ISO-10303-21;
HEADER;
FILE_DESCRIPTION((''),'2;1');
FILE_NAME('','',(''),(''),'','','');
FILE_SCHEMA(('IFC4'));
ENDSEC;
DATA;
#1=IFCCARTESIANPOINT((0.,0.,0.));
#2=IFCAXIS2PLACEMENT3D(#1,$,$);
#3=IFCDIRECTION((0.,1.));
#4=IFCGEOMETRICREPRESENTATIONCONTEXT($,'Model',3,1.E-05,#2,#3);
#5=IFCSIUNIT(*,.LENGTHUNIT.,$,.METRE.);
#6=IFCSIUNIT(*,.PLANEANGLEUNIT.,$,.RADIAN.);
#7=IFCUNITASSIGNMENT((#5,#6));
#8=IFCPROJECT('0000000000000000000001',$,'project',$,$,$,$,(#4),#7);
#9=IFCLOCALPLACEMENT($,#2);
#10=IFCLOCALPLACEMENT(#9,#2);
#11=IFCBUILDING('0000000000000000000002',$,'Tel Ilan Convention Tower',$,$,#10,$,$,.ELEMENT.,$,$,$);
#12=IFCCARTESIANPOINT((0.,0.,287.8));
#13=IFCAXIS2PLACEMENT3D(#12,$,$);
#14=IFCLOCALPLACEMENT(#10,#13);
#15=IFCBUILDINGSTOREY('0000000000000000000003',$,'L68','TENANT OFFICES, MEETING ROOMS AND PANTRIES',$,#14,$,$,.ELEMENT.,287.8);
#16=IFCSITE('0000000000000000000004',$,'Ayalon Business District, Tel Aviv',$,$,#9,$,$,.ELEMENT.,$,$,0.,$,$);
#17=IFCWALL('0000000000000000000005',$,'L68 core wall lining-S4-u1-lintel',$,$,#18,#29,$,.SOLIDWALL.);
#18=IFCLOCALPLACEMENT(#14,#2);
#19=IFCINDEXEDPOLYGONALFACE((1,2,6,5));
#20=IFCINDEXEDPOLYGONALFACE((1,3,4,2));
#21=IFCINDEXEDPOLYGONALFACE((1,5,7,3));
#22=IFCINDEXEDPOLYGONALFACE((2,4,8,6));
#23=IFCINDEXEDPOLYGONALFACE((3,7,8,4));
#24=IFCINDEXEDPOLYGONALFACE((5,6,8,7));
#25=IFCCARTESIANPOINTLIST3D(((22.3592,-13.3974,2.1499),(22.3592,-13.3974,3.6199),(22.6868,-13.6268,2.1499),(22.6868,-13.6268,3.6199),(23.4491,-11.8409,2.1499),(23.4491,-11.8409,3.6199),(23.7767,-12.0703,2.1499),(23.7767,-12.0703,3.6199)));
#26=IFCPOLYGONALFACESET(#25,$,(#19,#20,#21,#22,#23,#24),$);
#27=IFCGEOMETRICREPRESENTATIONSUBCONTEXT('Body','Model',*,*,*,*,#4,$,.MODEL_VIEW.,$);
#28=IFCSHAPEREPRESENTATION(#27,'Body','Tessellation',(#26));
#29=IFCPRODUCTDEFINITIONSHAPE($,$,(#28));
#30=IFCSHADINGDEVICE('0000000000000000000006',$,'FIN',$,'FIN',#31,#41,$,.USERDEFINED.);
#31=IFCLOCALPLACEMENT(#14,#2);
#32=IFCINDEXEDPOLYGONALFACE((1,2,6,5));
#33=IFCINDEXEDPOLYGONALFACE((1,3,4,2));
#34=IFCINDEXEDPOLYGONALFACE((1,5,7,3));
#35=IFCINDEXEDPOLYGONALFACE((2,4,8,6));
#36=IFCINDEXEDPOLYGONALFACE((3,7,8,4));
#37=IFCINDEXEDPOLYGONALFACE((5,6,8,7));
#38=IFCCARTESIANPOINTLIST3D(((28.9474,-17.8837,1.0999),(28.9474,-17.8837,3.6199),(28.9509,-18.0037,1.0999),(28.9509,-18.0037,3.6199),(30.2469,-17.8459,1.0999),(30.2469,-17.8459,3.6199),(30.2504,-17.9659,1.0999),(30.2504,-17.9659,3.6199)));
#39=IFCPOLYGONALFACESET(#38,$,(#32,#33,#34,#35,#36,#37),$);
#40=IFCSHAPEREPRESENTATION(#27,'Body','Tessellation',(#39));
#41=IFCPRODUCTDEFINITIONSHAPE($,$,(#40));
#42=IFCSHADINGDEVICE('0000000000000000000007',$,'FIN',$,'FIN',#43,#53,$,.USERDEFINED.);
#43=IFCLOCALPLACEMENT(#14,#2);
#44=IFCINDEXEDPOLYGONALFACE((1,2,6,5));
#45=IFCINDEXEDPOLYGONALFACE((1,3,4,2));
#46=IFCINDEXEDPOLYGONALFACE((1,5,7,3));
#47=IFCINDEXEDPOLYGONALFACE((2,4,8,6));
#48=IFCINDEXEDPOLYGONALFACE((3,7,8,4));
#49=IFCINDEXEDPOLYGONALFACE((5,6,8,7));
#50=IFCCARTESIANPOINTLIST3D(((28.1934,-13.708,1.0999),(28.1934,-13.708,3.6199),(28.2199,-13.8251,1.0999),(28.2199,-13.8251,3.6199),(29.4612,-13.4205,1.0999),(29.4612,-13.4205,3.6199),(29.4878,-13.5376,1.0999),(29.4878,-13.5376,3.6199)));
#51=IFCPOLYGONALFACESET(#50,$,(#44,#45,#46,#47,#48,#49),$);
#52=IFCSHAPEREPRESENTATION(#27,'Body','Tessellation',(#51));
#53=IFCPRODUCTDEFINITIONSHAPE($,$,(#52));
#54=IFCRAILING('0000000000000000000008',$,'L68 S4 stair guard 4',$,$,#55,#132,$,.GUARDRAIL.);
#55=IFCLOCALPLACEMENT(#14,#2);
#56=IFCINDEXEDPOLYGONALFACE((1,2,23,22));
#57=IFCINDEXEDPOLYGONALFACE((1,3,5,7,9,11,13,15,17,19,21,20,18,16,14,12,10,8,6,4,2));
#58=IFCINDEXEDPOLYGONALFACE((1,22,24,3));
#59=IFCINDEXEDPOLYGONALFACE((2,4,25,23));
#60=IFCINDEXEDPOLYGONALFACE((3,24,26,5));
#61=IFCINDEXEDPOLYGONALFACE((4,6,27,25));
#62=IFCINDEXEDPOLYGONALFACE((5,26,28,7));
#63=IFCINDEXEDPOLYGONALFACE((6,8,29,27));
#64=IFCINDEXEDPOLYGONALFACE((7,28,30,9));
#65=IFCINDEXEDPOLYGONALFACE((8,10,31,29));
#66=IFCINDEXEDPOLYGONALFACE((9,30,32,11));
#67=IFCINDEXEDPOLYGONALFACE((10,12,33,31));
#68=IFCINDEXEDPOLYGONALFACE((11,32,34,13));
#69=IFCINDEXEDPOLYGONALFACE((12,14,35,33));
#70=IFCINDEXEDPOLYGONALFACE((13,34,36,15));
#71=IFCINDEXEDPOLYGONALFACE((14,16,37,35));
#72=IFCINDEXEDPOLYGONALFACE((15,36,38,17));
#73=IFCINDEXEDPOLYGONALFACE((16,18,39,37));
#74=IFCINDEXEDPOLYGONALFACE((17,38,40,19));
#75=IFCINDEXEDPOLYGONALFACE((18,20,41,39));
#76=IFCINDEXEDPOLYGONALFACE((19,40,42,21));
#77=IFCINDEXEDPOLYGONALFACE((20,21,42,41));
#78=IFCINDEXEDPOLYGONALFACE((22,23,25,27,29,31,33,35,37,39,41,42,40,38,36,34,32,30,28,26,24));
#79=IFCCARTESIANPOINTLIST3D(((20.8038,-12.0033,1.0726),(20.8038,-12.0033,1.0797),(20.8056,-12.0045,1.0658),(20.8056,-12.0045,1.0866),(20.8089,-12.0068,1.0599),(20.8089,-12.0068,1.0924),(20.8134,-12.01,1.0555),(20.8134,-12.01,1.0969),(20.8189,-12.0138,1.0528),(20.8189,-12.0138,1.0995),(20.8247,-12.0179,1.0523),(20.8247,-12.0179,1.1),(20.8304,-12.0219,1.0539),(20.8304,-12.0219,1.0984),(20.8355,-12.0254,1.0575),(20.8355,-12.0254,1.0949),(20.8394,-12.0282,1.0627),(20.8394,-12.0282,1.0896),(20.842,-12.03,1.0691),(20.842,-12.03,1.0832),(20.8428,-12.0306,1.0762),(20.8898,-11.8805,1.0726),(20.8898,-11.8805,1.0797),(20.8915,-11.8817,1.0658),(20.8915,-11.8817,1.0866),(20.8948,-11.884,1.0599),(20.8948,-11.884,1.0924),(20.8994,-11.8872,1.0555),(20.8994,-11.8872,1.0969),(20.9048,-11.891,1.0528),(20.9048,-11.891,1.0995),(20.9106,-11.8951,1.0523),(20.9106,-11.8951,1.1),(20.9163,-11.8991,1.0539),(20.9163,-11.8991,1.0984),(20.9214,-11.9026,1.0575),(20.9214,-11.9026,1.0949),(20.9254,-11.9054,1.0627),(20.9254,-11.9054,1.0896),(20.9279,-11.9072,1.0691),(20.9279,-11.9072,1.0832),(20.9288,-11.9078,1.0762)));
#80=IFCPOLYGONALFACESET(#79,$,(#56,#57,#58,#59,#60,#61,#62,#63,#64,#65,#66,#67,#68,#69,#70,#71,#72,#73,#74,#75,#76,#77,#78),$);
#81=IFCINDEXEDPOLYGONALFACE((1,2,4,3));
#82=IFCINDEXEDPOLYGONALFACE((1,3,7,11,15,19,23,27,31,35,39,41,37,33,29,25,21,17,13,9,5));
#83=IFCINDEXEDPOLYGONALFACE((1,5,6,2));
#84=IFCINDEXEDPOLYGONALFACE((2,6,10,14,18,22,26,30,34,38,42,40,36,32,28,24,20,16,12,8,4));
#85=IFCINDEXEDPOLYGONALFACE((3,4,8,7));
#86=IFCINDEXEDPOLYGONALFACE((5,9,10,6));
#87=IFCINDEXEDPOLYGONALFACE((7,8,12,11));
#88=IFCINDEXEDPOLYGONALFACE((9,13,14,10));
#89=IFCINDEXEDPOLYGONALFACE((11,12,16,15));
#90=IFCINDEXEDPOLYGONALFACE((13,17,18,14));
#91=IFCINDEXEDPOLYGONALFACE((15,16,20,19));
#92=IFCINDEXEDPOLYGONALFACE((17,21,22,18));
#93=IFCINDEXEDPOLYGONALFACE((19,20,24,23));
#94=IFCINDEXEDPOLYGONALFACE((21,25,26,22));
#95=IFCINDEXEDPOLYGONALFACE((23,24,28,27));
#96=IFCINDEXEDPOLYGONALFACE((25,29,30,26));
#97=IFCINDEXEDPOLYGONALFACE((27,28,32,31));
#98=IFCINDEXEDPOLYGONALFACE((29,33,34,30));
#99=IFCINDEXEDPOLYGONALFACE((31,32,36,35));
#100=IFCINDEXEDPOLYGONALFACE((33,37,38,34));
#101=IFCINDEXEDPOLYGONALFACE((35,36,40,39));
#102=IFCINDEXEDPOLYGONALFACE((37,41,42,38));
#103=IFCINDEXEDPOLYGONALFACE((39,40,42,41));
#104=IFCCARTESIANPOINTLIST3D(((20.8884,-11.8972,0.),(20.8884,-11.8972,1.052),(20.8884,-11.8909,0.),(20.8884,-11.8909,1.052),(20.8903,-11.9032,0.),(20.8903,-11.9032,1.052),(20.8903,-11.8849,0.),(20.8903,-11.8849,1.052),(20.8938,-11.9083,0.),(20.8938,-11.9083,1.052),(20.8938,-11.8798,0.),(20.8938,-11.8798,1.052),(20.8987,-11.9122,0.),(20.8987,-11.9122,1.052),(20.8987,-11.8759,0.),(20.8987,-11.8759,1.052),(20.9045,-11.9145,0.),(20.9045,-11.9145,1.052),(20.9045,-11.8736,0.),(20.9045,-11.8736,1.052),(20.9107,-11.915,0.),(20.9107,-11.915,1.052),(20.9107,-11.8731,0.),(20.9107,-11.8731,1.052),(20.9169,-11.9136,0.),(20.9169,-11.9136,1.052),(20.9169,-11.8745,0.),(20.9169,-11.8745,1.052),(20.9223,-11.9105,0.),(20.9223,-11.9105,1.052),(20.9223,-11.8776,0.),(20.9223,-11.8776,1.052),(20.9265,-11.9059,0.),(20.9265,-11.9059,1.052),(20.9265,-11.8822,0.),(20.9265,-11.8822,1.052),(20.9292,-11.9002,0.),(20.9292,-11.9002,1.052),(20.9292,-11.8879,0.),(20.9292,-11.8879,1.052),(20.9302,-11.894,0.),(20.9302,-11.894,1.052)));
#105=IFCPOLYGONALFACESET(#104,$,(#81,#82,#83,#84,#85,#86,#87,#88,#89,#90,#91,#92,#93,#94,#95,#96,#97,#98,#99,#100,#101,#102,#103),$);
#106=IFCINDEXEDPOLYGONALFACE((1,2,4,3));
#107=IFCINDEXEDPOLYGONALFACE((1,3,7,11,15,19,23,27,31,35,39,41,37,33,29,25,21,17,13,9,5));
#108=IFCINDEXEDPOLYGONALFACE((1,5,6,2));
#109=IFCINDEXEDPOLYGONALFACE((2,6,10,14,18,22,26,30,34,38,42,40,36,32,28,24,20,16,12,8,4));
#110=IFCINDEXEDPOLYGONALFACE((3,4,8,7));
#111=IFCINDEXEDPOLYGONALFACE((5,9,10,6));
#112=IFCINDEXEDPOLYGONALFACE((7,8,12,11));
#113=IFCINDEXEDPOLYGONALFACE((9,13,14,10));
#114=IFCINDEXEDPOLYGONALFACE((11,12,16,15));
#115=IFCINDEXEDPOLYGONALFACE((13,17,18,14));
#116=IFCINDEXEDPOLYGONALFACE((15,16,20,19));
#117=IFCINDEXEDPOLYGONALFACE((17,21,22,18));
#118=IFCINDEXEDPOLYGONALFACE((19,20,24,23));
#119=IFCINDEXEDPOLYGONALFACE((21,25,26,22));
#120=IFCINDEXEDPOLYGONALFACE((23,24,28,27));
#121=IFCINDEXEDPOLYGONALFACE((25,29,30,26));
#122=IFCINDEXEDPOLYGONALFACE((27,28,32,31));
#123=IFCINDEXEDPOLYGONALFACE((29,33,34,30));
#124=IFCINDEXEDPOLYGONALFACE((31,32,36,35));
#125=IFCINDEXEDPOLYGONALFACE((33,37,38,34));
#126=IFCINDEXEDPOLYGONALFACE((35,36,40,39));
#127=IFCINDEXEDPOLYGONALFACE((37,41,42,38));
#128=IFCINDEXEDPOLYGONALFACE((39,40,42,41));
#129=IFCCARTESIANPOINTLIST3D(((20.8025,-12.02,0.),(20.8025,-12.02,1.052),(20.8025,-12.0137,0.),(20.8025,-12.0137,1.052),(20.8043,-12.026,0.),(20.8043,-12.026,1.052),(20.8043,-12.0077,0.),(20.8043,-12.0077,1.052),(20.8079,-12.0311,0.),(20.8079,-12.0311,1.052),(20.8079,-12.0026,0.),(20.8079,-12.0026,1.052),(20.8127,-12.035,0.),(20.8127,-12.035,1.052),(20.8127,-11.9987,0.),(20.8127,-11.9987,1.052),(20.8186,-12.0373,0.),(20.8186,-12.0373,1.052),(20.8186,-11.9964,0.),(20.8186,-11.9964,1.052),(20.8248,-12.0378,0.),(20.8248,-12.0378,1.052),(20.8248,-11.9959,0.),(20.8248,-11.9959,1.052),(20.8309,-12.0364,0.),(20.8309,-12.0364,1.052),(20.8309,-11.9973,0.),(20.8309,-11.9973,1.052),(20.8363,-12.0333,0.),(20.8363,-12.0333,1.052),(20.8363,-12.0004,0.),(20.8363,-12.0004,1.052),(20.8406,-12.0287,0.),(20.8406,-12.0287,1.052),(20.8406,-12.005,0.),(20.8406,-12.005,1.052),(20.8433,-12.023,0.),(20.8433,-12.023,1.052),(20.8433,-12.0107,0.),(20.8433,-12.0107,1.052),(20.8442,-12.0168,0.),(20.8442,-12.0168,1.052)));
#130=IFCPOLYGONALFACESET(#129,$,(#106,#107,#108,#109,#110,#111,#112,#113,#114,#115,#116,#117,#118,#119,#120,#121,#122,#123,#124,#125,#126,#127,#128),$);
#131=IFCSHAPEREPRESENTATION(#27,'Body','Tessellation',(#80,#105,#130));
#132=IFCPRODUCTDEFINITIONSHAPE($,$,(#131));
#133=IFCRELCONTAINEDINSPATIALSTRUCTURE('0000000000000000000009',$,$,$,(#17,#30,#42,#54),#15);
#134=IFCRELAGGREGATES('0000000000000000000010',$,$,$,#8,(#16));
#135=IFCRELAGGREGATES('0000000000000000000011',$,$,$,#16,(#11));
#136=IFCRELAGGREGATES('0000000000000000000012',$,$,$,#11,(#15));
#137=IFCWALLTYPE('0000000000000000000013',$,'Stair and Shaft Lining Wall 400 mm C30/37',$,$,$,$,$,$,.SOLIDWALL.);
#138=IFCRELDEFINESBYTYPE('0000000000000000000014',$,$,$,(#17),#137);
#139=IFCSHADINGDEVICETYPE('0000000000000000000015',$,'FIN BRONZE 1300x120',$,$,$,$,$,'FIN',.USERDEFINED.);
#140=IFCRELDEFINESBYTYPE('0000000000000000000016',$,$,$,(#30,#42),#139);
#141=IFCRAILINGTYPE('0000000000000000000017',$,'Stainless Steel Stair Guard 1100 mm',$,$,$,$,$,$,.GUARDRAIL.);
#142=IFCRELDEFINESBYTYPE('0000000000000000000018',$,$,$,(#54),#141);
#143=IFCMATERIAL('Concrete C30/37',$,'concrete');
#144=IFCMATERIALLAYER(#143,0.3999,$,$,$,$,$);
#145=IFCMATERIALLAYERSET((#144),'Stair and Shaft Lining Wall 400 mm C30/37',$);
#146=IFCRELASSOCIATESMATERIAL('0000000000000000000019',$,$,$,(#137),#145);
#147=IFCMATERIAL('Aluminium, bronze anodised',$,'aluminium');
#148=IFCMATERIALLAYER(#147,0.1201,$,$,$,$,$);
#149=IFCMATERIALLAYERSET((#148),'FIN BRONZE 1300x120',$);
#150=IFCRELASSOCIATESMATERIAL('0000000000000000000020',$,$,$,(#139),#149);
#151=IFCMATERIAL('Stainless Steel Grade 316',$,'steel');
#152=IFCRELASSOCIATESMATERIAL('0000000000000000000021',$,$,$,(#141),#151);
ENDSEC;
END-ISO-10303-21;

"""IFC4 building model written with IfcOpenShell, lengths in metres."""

from ifc_helpers import new_model, si_unit, direction, frame, frame_2d, origin, origin_2d, place, context, subcontext, project, spatial, rectangle, circle, extrude, material, layer, layer_set, type_object, element, save


model = new_model("IFC4")

# Units and contexts
model_context = context("Model", 3, precision=1e-05, world=origin(), true_north=direction((0.0, 1.0)))
body_context = subcontext(model_context, "Body", "Model", "MODEL_VIEW")
ifc_project = project(units=[si_unit("LENGTHUNIT", "METRE"), si_unit("PLANEANGLEUNIT", "RADIAN")], contexts=[model_context])

# Site, building, storey
site_placement = place(None, origin())
site = spatial("IfcSite", under=ifc_project, at=site_placement, Name="Ayalon Business District, Tel Aviv", CompositionType="ELEMENT", RefElevation=0.0)
building_placement = place(site_placement, origin())
building = spatial("IfcBuilding", under=site, at=building_placement, Name="Tel Ilan Convention Tower", CompositionType="ELEMENT")
storey_placement = place(building_placement, frame((0.0, 0.0, 287.8)))
storey = spatial("IfcBuildingStorey", under=building, at=storey_placement, Name="L68", Description="TENANT OFFICES, MEETING ROOMS AND PANTRIES", CompositionType="ELEMENT", Elevation=287.8)

# Wall
ifc_material_1 = material(Name="Concrete C30/37", Category="concrete")
ifc_layer_1 = layer(ifc_material_1, 0.3999)
ifc_layer_set_1 = layer_set([ifc_layer_1], Name="Stair and Shaft Lining Wall 400 mm C30/37")
wall_type_1 = type_object("IfcWallType", Name="Stair and Shaft Lining Wall 400 mm C30/37", PredefinedType="SOLIDWALL", material=ifc_layer_set_1)
wall_1_placement = place(storey_placement, frame((22.5229, -13.5122, 2.1499), z_axis=(0.0, 0.0, 1.0), x_axis=(0.573592, 0.819141, 0.0)))
element("IfcWall", 1, at=wall_1_placement, inside=storey, type_object=wall_type_1, Name="L68 core wall lining-S4-u1-lintel", PredefinedType="SOLIDWALL", context=body_context, shape_type="SweptSolid", body=[
    extrude(rectangle(XDim=1.9001, YDim=0.3999, at=frame_2d((0.9502, 0.0))), origin(), (0.0, 0.0, 1.0), 1.47),
])

# Shading devices
ifc_material_2 = material(Name="Aluminium, bronze anodised", Category="aluminium")
ifc_layer_2 = layer(ifc_material_2, 0.1201)
ifc_layer_set_2 = layer_set([ifc_layer_2], Name="FIN BRONZE 1300x120")
shading_device_type = type_object("IfcShadingDeviceType", Name="FIN BRONZE 1300x120", ElementType="FIN", PredefinedType="USERDEFINED", material=ifc_layer_set_2)
for number, where, z_axis, x_axis, name in (
    (2, (29.5989, -17.9248, 1.0999), (0.0, 0.0, 1.0), (0.999577, 0.029085, 0.0), "FIN"),
    (3, (28.8406, -13.6228, 1.0999), (0.0, 0.0, 1.0), (0.975235, 0.22117, 0.0), "FIN"),
):
    element("IfcShadingDevice", number, at=place(storey_placement, frame(where, z_axis=z_axis, x_axis=x_axis)), inside=storey, type_object=shading_device_type, Name=name, ObjectType="FIN", PredefinedType="USERDEFINED", context=body_context, shape_type="SweptSolid", body=[
        extrude(rectangle(XDim=1.3, YDim=0.1201, at=origin_2d()), origin(), (0.0, 0.0, 1.0), 2.52),
    ])

# Railing
ifc_material_3 = material(Name="Stainless Steel Grade 316", Category="steel")
railing_type = type_object("IfcRailingType", Name="Stainless Steel Stair Guard 1100 mm", PredefinedType="GUARDRAIL", material=ifc_material_3)
railing_placement = place(storey_placement, frame((20.9092, -11.894, 0.0)))
element("IfcRailing", 4, at=railing_placement, inside=storey, type_object=railing_type, Name="L68 S4 stair guard 4", PredefinedType="GUARDRAIL", context=body_context, shape_type="SweptSolid", body=[
    extrude(circle(Radius=0.0239, at=origin_2d()), frame((0.0, 0.0, 1.0762), z_axis=(-0.573353, -0.819308, 0.0), x_axis=(0.819308, -0.573353, 0.0)), (0.0, 0.0, 1.0), 0.1499),
    extrude(circle(Radius=0.021, at=origin_2d()), origin(), (0.0, 0.0, 1.0), 1.052),
    extrude(circle(Radius=0.021, at=origin_2d()), frame((-0.0859, -0.1228, 0.0)), (0.0, 0.0, 1.0), 1.052),
])

save(model, "model.ifc")
